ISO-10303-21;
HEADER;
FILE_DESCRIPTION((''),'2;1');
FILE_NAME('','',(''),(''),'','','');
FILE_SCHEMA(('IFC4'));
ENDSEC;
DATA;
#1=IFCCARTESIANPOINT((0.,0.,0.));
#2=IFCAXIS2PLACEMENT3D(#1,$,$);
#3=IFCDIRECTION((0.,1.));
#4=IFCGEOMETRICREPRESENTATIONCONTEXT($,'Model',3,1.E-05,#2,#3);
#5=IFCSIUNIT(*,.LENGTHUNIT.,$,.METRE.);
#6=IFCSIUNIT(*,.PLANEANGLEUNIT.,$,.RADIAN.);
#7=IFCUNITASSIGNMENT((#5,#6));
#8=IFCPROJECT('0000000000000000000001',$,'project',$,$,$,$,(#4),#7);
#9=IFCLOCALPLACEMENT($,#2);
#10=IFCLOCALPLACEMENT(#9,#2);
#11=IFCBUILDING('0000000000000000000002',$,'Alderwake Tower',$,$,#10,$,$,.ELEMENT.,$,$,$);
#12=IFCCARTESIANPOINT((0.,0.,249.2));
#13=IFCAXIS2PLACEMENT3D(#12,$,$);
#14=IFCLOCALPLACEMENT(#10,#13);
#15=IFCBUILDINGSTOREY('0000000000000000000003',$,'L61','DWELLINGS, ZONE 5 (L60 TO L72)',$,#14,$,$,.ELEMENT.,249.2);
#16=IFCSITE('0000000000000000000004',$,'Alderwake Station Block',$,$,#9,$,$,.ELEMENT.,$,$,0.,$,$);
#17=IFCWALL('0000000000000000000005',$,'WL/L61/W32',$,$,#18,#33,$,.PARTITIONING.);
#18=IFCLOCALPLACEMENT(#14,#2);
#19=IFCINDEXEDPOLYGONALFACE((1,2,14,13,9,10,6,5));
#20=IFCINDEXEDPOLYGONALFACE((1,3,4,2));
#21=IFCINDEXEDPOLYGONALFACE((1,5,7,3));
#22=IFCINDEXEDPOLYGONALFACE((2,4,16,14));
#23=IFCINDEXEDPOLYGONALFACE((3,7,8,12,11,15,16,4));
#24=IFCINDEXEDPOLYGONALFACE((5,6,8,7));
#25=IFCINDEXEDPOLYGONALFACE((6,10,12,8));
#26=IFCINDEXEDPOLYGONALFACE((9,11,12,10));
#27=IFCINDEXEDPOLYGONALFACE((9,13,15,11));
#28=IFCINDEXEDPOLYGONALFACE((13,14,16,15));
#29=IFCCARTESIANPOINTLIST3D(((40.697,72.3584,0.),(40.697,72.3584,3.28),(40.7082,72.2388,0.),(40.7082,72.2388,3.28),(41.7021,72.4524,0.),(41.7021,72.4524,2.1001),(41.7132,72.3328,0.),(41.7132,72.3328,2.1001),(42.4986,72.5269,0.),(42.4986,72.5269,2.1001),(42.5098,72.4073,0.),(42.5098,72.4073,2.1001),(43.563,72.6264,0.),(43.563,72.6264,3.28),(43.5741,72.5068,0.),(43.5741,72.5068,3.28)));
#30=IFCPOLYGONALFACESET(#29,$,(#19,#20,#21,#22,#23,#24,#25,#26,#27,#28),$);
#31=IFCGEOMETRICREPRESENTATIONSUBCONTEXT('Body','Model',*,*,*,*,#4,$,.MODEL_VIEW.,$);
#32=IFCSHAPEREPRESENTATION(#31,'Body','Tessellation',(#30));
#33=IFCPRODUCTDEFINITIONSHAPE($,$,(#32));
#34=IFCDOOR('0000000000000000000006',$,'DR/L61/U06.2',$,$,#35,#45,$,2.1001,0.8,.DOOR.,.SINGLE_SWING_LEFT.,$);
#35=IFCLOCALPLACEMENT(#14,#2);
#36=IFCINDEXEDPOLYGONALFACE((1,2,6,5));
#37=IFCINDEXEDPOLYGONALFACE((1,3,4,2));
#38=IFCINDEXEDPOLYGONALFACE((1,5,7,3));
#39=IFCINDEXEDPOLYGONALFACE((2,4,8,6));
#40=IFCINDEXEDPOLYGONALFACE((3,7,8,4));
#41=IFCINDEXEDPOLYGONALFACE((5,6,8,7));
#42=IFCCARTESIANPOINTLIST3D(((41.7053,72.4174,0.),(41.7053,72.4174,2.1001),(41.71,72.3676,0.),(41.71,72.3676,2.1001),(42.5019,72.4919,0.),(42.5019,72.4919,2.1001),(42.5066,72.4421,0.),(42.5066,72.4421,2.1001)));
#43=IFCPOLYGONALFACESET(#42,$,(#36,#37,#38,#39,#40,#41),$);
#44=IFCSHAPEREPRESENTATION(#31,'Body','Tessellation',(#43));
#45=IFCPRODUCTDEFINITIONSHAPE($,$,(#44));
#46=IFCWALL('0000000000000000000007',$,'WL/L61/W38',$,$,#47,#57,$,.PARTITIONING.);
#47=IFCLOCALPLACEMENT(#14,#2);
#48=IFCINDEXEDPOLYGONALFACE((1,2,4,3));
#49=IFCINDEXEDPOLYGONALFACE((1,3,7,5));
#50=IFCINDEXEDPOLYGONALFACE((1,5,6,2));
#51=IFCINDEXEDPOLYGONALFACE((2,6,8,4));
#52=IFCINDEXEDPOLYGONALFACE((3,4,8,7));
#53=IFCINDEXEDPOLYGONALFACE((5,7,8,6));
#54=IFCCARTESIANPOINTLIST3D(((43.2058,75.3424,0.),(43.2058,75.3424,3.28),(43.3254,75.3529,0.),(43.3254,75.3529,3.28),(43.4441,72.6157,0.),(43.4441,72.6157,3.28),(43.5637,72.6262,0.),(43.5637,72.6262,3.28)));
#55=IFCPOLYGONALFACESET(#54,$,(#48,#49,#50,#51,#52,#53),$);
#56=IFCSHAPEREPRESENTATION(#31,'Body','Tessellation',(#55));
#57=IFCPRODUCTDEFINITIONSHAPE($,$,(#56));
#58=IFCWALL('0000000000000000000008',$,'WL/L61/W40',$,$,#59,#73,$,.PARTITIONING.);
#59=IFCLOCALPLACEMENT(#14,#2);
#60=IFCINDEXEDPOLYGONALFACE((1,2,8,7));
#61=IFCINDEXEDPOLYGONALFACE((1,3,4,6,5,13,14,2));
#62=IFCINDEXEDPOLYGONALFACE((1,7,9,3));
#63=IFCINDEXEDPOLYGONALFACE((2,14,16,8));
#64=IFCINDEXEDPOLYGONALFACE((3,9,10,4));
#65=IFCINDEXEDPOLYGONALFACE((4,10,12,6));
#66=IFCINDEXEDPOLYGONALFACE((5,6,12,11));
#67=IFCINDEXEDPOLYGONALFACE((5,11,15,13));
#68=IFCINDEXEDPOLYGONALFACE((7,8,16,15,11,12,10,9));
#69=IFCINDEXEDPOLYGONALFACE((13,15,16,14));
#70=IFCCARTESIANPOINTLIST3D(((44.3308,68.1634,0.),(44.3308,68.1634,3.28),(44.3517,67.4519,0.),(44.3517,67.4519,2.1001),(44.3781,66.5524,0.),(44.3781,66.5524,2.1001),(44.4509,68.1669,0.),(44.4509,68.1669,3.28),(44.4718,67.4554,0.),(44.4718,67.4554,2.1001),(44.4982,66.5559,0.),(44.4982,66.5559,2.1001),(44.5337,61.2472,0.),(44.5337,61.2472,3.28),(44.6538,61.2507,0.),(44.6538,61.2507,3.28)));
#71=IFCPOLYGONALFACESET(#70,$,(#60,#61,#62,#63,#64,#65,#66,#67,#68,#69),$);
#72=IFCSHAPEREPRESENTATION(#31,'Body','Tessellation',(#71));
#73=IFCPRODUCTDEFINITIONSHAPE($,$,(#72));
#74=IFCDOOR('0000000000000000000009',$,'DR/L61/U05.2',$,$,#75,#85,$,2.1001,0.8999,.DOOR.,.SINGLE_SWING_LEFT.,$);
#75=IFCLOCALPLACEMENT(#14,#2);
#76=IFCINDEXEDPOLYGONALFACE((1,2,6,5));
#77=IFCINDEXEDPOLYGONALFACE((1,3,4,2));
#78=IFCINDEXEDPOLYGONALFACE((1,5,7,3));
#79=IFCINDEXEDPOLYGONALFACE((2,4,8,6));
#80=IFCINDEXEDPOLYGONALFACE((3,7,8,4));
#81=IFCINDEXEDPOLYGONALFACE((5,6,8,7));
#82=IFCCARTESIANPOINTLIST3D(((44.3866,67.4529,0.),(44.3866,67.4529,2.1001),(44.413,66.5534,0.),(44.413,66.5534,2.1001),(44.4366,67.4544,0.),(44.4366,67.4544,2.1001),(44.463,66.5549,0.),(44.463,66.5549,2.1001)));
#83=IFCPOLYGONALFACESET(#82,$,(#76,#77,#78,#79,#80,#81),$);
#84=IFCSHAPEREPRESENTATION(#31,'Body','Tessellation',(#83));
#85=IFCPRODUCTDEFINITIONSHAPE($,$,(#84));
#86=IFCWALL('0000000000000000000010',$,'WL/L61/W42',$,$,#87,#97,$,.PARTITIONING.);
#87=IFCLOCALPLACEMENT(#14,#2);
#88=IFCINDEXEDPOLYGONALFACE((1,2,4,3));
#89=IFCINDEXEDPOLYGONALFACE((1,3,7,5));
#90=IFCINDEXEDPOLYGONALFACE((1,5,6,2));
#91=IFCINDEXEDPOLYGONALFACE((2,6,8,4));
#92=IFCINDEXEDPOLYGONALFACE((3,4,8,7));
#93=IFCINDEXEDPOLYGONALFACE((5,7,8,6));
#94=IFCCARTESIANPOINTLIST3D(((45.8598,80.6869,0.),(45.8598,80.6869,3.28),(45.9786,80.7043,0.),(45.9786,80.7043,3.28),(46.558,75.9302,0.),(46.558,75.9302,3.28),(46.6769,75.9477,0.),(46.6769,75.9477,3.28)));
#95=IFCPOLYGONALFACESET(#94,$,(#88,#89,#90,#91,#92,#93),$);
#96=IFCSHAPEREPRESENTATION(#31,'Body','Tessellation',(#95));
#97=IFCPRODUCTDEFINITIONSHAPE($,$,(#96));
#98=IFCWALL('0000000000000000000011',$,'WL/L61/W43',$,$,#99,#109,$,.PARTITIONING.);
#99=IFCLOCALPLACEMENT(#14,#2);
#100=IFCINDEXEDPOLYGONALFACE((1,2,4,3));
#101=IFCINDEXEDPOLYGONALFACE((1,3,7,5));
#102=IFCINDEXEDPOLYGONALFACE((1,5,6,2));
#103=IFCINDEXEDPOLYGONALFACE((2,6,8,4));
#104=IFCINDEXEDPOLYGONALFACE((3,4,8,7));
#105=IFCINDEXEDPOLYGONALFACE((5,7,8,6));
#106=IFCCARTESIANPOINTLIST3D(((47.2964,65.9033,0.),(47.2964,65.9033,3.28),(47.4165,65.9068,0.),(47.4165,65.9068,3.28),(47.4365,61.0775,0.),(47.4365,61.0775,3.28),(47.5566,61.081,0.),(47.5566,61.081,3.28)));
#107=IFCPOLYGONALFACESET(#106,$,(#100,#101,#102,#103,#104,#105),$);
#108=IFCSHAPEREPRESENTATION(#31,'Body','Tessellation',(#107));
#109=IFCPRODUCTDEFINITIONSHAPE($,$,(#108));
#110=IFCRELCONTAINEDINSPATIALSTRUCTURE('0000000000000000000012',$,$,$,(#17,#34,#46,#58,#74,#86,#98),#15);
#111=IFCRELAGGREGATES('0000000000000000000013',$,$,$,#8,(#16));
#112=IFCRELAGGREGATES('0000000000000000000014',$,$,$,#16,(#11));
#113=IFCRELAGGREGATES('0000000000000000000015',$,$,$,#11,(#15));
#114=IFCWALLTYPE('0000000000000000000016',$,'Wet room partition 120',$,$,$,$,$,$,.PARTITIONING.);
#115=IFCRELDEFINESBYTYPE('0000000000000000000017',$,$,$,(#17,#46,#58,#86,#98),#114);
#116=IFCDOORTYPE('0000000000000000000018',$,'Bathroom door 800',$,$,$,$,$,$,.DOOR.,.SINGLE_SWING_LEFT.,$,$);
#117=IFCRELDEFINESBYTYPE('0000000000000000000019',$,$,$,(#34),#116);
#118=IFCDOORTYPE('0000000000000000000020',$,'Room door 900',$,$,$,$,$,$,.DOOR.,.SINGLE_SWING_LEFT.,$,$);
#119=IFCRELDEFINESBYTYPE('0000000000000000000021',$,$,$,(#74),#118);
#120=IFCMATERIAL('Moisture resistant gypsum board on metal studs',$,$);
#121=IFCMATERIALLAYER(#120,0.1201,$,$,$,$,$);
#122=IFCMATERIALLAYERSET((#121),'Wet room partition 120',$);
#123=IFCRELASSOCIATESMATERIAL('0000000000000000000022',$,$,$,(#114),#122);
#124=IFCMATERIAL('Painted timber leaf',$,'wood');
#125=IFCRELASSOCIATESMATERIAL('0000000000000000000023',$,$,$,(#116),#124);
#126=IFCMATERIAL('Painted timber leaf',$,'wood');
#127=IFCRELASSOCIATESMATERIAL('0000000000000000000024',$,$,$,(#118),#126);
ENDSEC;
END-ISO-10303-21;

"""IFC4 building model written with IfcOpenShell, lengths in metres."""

from ifc_helpers import new_model, si_unit, direction, frame, frame_2d, origin, place, context, subcontext, project, spatial, rectangle, extrude, material, layer, layer_set, type_object, element, fill, save


model = new_model("IFC4")

# Units and contexts
model_context = context("Model", 3, precision=1e-05, world=origin(), true_north=direction((0.0, 1.0)))
body_context = subcontext(model_context, "Body", "Model", "MODEL_VIEW")
ifc_project = project(units=[si_unit("LENGTHUNIT", "METRE"), si_unit("PLANEANGLEUNIT", "RADIAN")], contexts=[model_context])

# Site, building, storey
site_placement = place(None, origin())
site = spatial("IfcSite", under=ifc_project, at=site_placement, Name="Alderwake Station Block", CompositionType="ELEMENT", RefElevation=0.0)
building_placement = place(site_placement, origin())
building = spatial("IfcBuilding", under=site, at=building_placement, Name="Alderwake Tower", CompositionType="ELEMENT")
storey_placement = place(building_placement, frame((0.0, 0.0, 249.2)))
storey = spatial("IfcBuildingStorey", under=building, at=storey_placement, Name="L61", Description="DWELLINGS, ZONE 5 (L60 TO L72)", CompositionType="ELEMENT", Elevation=249.2)

# Wall, opening, door
ifc_material_1 = material(Name="Moisture resistant gypsum board on metal studs")
ifc_layer_1 = layer(ifc_material_1, 0.1201)
ifc_layer_set_1 = layer_set([ifc_layer_1], Name="Wet room partition 120")
wall_type_1 = type_object("IfcWallType", Name="Wet room partition 120", PredefinedType="PARTITIONING", material=ifc_layer_set_1)
wall_1_placement = place(storey_placement, frame((40.7026, 72.2986, 0.0), z_axis=(0.0, 0.0, 1.0), x_axis=(0.995654, 0.093128, 0.0)))
wall_1 = element("IfcWall", 1, at=wall_1_placement, inside=storey, type_object=wall_type_1, Name="WL/L61/W32", PredefinedType="PARTITIONING", context=body_context, shape_type="SweptSolid", body=[
    extrude(rectangle(XDim=2.8784, YDim=0.1201, at=frame_2d((1.4392, 0.0))), origin(), (0.0, 0.0, 1.0), 3.28),
])
opening_1_placement = place(wall_1_placement, frame((1.0095, 0.0, 0.0)))
opening_1 = element("IfcOpeningElement", 2, at=opening_1_placement, cuts=wall_1, PredefinedType="OPENING", context=body_context, shape_type="SweptSolid", body=[
    extrude(rectangle(XDim=0.8, YDim=2.1001, at=frame_2d((0.3999, 1.05))), frame((0.0, 0.0701, 0.0), z_axis=(0.0, -1.0, 0.0), x_axis=(1.0, 0.0, 0.0)), (0.0, 0.0, 1.0), 0.1401),
])
ifc_material_2 = material(Name="Painted timber leaf", Category="wood")
door_type_1 = type_object("IfcDoorType", Name="Bathroom door 800", OperationType="SINGLE_SWING_LEFT", PredefinedType="DOOR", material=ifc_material_2)
door_1_placement = place(opening_1_placement, origin())
door_1 = element("IfcDoor", 3, at=door_1_placement, inside=storey, type_object=door_type_1, Name="DR/L61/U06.2", OperationType="SINGLE_SWING_LEFT", OverallHeight=2.1001, OverallWidth=0.8, PredefinedType="DOOR", context=body_context, shape_type="SweptSolid", body=[
    extrude(rectangle(XDim=0.8, YDim=2.1001, at=frame_2d((0.3999, 1.05))), frame((0.0, 0.0249, 0.0), z_axis=(0.0, -1.0, 0.0), x_axis=(1.0, 0.0, 0.0)), (0.0, 0.0, 1.0), 0.05),
])
fill(opening_1, door_1)

# Wall
wall_2_placement = place(storey_placement, frame((43.5039, 72.6208, 0.0), z_axis=(0.0, 0.0, 1.0), x_axis=(-0.087061, 0.996203, 0.0)))
element("IfcWall", 4, at=wall_2_placement, inside=storey, type_object=wall_type_1, Name="WL/L61/W38", PredefinedType="PARTITIONING", context=body_context, shape_type="SweptSolid", body=[
    extrude(rectangle(XDim=2.7371, YDim=0.1201, at=frame_2d((1.3687, 0.0))), origin(), (0.0, 0.0, 1.0), 3.28),
])

# Wall, opening, door
wall_3_placement = place(storey_placement, frame((44.3909, 68.165, 0.0), z_axis=(0.0, 0.0, 1.0), x_axis=(0.029321, -0.99957, 0.0)))
wall_3 = element("IfcWall", 5, at=wall_3_placement, inside=storey, type_object=wall_type_1, Name="WL/L61/W40", PredefinedType="PARTITIONING", context=body_context, shape_type="SweptSolid", body=[
    extrude(rectangle(XDim=6.9192, YDim=0.1201, at=frame_2d((3.4595, 0.0))), origin(), (0.0, 0.0, 1.0), 3.28),
])
opening_2_placement = place(wall_3_placement, frame((0.7117, 0.0, 0.0)))
opening_2 = element("IfcOpeningElement", 6, at=opening_2_placement, cuts=wall_3, PredefinedType="OPENING", context=body_context, shape_type="SweptSolid", body=[
    extrude(rectangle(XDim=0.8999, YDim=2.1001, at=frame_2d((0.45, 1.05))), frame((0.0, 0.0701, 0.0), z_axis=(0.0, -1.0, 0.0), x_axis=(1.0, 0.0, 0.0)), (0.0, 0.0, 1.0), 0.1401),
])
ifc_material_3 = material(Name="Painted timber leaf", Category="wood")
door_type_2 = type_object("IfcDoorType", Name="Room door 900", OperationType="SINGLE_SWING_LEFT", PredefinedType="DOOR", material=ifc_material_3)
door_2_placement = place(opening_2_placement, origin())
door_2 = element("IfcDoor", 7, at=door_2_placement, inside=storey, type_object=door_type_2, Name="DR/L61/U05.2", OperationType="SINGLE_SWING_LEFT", OverallHeight=2.1001, OverallWidth=0.8999, PredefinedType="DOOR", context=body_context, shape_type="SweptSolid", body=[
    extrude(rectangle(XDim=0.8999, YDim=2.1001, at=frame_2d((0.45, 1.05))), frame((0.0, 0.0249, 0.0), z_axis=(0.0, -1.0, 0.0), x_axis=(1.0, 0.0, 0.0)), (0.0, 0.0, 1.0), 0.05),
])
fill(opening_2, door_2)

# Walls
wall_4_placement = place(storey_placement, frame((46.6174, 75.939, 0.0), z_axis=(0.0, 0.0, 1.0), x_axis=(-0.145238, 0.989397, 0.0)))
element("IfcWall", 8, at=wall_4_placement, inside=storey, type_object=wall_type_1, Name="WL/L61/W42", PredefinedType="PARTITIONING", context=body_context, shape_type="SweptSolid", body=[
    extrude(rectangle(XDim=4.8076, YDim=0.1201, at=frame_2d((2.4038, 0.0))), origin(), (0.0, 0.0, 1.0), 3.28),
])
wall_5_placement = place(storey_placement, frame((47.4966, 61.0791, 0.0), z_axis=(0.0, 0.0, 1.0), x_axis=(-0.029026, 0.999579, 0.0)))
element("IfcWall", 9, at=wall_5_placement, inside=storey, type_object=wall_type_1, Name="WL/L61/W43", PredefinedType="PARTITIONING", context=body_context, shape_type="SweptSolid", body=[
    extrude(rectangle(XDim=4.8279, YDim=0.1201, at=frame_2d((2.4141, 0.0))), origin(), (0.0, 0.0, 1.0), 3.28),
])

save(model, "model.ifc")
